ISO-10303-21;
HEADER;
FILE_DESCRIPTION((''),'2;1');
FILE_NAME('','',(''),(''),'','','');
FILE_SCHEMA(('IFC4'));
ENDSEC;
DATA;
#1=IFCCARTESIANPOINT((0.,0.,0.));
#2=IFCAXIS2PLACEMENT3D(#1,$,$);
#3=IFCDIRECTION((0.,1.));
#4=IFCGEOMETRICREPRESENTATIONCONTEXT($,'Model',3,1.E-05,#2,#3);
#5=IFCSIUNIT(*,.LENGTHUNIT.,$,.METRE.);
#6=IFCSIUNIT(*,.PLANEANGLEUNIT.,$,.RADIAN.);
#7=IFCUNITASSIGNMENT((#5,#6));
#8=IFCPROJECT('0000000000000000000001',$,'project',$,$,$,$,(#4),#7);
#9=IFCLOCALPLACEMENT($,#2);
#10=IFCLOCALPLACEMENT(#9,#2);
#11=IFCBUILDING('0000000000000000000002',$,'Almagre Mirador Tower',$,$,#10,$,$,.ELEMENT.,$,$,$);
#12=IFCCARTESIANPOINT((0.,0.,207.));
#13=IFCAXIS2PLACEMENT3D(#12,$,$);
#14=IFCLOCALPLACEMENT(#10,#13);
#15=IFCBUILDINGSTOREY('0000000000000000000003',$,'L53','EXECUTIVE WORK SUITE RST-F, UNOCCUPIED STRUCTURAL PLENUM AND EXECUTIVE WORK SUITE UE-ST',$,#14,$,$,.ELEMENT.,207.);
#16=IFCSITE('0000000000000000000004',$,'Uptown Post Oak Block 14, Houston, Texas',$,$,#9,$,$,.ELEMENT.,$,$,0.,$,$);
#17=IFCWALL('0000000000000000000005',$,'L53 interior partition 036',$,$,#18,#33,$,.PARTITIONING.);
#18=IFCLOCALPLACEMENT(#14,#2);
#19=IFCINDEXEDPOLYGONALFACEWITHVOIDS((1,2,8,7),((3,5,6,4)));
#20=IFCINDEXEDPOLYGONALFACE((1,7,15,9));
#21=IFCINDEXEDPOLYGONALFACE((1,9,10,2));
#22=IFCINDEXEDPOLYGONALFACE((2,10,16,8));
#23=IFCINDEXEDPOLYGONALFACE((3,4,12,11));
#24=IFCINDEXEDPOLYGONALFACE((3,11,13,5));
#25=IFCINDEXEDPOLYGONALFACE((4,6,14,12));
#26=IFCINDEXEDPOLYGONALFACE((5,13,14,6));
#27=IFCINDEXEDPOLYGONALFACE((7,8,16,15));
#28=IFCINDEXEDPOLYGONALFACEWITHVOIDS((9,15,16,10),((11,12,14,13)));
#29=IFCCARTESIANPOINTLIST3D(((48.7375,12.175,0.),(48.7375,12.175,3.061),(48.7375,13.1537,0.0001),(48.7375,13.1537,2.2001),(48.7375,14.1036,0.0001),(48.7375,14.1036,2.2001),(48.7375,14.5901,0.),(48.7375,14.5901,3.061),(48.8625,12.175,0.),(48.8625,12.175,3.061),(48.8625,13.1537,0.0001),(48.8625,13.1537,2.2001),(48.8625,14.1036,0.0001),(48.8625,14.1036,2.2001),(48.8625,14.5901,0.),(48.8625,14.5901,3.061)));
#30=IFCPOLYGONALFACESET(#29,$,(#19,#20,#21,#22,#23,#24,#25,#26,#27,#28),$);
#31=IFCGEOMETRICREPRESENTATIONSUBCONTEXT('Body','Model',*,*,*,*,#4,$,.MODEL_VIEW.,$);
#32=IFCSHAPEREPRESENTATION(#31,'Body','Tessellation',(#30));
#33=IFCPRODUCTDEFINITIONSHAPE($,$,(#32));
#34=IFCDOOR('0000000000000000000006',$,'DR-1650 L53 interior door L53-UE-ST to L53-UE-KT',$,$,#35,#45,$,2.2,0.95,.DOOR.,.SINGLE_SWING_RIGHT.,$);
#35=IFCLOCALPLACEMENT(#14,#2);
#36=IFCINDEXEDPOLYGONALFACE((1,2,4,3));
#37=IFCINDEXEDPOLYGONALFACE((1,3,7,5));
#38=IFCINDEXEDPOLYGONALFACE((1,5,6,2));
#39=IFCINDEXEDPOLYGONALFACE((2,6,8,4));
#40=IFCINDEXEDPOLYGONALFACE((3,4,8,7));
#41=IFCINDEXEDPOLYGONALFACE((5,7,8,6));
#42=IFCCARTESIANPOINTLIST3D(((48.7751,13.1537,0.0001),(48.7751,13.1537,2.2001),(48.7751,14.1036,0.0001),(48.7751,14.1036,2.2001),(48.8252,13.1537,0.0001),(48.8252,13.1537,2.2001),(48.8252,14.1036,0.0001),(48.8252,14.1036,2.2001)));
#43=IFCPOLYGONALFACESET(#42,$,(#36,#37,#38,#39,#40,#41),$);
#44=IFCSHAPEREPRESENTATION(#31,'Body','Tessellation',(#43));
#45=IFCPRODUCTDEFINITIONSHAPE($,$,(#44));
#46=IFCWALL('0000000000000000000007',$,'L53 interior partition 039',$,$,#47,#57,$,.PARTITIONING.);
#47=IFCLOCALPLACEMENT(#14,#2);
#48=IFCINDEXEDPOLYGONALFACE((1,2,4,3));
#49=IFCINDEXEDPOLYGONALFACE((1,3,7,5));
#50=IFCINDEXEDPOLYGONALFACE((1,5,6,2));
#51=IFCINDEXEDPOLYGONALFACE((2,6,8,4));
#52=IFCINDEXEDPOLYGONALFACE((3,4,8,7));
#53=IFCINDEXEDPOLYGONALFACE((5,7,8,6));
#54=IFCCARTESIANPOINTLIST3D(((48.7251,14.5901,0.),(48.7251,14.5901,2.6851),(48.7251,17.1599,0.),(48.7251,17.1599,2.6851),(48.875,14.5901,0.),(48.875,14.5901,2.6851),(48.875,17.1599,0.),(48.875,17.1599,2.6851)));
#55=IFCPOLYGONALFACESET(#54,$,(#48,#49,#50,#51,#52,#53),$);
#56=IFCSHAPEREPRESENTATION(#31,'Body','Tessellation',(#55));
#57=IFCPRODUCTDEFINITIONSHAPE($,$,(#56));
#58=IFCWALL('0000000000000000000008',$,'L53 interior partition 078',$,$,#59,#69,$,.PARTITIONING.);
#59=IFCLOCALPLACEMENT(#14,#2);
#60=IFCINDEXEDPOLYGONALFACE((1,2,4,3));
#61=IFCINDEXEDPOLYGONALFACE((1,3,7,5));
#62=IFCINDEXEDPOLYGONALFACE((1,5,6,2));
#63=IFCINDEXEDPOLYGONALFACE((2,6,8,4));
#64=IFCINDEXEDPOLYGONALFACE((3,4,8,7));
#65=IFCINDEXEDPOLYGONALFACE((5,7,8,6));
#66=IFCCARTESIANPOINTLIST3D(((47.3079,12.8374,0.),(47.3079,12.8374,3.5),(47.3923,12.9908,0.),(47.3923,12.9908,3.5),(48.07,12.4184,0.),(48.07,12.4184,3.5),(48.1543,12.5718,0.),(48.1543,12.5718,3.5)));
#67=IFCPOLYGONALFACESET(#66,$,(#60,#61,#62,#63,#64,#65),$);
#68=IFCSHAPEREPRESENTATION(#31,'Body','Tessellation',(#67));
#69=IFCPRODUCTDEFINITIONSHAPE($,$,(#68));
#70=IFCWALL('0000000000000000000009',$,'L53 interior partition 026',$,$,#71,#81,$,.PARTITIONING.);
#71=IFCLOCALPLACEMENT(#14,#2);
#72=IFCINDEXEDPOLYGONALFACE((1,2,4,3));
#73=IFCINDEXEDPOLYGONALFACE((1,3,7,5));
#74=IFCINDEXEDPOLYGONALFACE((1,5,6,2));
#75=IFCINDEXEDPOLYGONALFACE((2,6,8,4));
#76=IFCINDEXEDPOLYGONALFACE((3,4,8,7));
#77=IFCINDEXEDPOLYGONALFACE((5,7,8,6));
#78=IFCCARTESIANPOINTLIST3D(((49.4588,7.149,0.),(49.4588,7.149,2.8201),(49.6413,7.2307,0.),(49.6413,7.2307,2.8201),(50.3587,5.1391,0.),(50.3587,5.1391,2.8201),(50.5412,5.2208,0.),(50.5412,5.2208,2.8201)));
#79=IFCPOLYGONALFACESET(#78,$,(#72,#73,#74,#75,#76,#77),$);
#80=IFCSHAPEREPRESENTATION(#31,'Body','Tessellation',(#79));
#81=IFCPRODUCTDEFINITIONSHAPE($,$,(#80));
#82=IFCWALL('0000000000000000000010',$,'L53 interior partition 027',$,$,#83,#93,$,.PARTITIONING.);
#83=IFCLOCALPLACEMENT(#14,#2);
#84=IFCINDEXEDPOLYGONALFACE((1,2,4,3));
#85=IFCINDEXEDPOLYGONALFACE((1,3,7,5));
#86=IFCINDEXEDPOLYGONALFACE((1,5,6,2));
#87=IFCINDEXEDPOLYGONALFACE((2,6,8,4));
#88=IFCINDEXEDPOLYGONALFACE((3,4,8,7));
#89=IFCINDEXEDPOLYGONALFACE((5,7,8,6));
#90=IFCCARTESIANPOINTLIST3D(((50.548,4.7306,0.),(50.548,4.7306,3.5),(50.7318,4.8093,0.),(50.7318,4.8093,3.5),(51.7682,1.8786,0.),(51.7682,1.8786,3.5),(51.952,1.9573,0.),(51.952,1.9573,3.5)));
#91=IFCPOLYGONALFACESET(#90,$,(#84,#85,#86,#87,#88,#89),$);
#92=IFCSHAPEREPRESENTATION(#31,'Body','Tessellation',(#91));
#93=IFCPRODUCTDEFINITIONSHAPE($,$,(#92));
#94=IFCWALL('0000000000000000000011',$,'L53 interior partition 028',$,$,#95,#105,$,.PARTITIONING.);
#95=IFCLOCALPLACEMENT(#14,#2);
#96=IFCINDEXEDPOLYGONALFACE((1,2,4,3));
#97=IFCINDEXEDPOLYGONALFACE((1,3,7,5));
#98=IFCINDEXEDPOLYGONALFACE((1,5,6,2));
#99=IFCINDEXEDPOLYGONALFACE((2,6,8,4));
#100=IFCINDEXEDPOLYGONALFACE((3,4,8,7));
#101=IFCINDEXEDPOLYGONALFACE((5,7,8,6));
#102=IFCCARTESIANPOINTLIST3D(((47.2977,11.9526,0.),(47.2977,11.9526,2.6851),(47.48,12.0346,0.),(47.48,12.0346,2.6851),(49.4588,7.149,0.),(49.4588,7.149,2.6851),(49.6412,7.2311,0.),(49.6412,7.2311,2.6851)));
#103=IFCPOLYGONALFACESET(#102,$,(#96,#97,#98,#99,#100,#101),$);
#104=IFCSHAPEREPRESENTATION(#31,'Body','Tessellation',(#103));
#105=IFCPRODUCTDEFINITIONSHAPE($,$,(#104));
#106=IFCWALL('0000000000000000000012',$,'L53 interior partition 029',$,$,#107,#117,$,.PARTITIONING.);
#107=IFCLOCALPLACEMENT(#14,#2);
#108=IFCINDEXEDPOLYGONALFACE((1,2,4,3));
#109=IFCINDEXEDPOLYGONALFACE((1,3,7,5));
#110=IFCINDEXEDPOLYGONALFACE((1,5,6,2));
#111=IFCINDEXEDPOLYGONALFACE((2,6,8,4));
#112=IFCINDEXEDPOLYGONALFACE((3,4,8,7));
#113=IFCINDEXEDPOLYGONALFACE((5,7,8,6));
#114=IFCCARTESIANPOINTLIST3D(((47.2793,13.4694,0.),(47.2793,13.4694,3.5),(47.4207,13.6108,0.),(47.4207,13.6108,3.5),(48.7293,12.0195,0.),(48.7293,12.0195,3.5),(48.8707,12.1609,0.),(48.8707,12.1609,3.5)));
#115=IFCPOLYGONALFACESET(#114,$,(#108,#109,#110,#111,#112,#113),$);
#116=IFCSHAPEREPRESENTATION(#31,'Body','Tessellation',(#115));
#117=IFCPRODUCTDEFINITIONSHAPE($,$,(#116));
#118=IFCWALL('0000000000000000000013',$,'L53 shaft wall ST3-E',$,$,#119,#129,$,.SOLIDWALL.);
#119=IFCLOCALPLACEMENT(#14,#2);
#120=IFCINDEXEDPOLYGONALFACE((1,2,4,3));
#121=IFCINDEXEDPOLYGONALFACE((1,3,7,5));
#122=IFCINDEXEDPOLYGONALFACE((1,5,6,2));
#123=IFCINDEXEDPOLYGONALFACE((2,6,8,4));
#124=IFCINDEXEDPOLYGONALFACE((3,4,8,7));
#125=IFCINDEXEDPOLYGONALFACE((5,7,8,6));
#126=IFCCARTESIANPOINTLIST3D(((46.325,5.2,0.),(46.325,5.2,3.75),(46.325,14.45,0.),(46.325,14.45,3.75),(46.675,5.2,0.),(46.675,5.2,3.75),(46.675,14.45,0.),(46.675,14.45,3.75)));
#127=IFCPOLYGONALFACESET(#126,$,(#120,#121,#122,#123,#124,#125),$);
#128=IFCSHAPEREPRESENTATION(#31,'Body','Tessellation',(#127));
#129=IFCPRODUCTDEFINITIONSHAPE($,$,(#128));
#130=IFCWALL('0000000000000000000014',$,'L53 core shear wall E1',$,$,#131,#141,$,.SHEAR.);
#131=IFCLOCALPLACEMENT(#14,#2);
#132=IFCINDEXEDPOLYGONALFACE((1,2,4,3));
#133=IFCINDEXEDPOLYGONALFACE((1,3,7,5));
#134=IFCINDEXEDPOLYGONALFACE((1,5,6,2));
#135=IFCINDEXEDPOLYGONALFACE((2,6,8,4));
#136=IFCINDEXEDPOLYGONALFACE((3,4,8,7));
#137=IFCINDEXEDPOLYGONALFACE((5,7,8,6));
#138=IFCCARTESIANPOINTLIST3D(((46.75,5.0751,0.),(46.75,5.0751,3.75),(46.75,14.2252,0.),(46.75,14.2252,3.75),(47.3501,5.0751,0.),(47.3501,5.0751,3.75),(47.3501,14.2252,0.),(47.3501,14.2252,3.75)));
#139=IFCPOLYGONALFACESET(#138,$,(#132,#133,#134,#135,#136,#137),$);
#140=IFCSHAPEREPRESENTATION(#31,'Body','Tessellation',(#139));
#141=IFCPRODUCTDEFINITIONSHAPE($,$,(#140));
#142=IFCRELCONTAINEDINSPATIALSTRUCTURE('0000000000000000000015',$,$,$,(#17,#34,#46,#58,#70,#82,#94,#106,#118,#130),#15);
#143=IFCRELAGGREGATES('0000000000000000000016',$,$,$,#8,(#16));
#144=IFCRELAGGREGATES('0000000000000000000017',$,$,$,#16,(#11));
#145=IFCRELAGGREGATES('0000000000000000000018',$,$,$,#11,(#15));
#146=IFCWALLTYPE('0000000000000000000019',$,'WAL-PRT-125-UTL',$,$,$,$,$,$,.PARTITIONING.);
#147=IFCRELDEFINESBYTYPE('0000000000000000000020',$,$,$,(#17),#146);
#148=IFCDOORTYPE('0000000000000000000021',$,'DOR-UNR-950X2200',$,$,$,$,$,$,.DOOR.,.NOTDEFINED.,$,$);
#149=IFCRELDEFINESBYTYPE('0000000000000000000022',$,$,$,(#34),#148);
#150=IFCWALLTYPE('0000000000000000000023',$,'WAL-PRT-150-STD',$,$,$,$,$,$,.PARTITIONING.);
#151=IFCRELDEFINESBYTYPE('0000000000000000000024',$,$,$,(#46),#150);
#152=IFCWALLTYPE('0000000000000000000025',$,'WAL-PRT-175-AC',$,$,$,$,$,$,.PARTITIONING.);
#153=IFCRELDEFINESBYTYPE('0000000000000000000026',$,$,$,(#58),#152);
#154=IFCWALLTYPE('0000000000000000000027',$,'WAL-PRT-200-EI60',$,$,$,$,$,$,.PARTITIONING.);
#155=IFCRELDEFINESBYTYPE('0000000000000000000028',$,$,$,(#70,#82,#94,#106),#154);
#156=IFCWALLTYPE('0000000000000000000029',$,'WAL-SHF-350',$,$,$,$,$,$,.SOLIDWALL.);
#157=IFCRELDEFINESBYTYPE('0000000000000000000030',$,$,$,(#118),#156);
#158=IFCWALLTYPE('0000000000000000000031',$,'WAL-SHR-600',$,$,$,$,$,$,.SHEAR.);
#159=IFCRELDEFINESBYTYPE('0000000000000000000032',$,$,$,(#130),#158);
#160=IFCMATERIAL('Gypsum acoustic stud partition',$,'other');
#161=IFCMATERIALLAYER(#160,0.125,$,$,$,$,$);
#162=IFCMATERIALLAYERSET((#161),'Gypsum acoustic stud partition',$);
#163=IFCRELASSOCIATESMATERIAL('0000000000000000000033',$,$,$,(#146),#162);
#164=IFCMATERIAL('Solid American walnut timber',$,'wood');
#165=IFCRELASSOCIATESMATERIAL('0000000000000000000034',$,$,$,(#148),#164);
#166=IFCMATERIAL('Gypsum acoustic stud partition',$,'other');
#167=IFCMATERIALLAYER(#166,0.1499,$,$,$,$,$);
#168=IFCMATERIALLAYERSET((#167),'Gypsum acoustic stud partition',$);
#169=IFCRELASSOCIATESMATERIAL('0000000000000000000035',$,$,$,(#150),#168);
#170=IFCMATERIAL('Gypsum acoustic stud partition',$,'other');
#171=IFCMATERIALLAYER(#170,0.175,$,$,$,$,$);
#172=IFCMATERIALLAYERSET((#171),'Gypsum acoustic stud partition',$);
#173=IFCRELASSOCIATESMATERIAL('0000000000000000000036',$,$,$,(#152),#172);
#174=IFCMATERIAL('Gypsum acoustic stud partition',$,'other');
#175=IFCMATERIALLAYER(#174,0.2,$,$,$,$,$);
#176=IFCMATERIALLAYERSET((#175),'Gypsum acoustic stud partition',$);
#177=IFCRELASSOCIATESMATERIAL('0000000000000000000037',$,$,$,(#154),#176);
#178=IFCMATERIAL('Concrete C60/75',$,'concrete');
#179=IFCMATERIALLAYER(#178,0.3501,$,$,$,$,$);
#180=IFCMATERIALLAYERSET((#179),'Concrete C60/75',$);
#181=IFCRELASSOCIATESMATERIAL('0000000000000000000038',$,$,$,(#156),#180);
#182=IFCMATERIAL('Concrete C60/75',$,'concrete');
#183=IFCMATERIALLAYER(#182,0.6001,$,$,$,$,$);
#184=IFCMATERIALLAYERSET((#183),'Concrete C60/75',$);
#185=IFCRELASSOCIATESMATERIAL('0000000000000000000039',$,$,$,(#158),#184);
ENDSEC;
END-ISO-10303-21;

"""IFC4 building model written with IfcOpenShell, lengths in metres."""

from ifc_helpers import new_model, si_unit, direction, frame, frame_2d, origin, place, context, subcontext, project, spatial, rectangle, extrude, material, layer, layer_set, type_object, element, fill, save


model = new_model("IFC4")

# Units and contexts
model_context = context("Model", 3, precision=1e-05, world=origin(), true_north=direction((0.0, 1.0)))
body_context = subcontext(model_context, "Body", "Model", "MODEL_VIEW")
ifc_project = project(units=[si_unit("LENGTHUNIT", "METRE"), si_unit("PLANEANGLEUNIT", "RADIAN")], contexts=[model_context])

# Site, building, storey
site_placement = place(None, origin())
site = spatial("IfcSite", under=ifc_project, at=site_placement, Name="Uptown Post Oak Block 14, Houston, Texas", CompositionType="ELEMENT", RefElevation=0.0)
building_placement = place(site_placement, origin())
building = spatial("IfcBuilding", under=site, at=building_placement, Name="Almagre Mirador Tower", CompositionType="ELEMENT")
storey_placement = place(building_placement, frame((0.0, 0.0, 207.0)))
storey = spatial("IfcBuildingStorey", under=building, at=storey_placement, Name="L53", Description="EXECUTIVE WORK SUITE RST-F, UNOCCUPIED STRUCTURAL PLENUM AND EXECUTIVE WORK SUITE UE-ST", CompositionType="ELEMENT", Elevation=207.0)

# Wall, opening, door
ifc_material_1 = material(Name="Gypsum acoustic stud partition", Category="other")
ifc_layer_1 = layer(ifc_material_1, 0.125)
ifc_layer_set_1 = layer_set([ifc_layer_1], Name="Gypsum acoustic stud partition")
wall_type_1 = type_object("IfcWallType", Name="WAL-PRT-125-UTL", PredefinedType="PARTITIONING", material=ifc_layer_set_1)
wall_1_placement = place(storey_placement, frame((48.8, 12.175, 0.0), z_axis=(0.0, 0.0, 1.0), x_axis=(0.0, 1.0, 0.0)))
wall_1 = element("IfcWall", 1, at=wall_1_placement, inside=storey, type_object=wall_type_1, Name="L53 interior partition 036", PredefinedType="PARTITIONING", context=body_context, shape_type="SweptSolid", body=[
    extrude(rectangle(XDim=2.415, YDim=0.125, at=frame_2d((1.2075, 0.0))), origin(), (0.0, 0.0, 1.0), 3.061),
])
opening_1_placement = place(wall_1_placement, frame((0.9785, 0.0, 0.0)))
opening_1 = element("IfcOpeningElement", 2, at=opening_1_placement, cuts=wall_1, PredefinedType="OPENING", context=body_context, shape_type="SweptSolid", body=[
    extrude(rectangle(XDim=0.95, YDim=2.2, at=frame_2d((0.4751, 1.1001))), frame((0.0, 0.0725, 0.0), z_axis=(0.0, -1.0, 0.0), x_axis=(1.0, 0.0, 0.0)), (0.0, 0.0, 1.0), 0.145),
])
ifc_material_2 = material(Name="Solid American walnut timber", Category="wood")
door_type = type_object("IfcDoorType", Name="DOR-UNR-950X2200", OperationType="NOTDEFINED", PredefinedType="DOOR", material=ifc_material_2)
door_placement = place(opening_1_placement, origin())
door = element("IfcDoor", 3, at=door_placement, inside=storey, type_object=door_type, Name="DR-1650 L53 interior door L53-UE-ST to L53-UE-KT", OperationType="SINGLE_SWING_RIGHT", OverallHeight=2.2, OverallWidth=0.95, PredefinedType="DOOR", context=body_context, shape_type="SweptSolid", body=[
    extrude(rectangle(XDim=0.95, YDim=2.2, at=frame_2d((0.4751, 1.1001))), frame((0.0, 0.0249, 0.0), z_axis=(0.0, -1.0, 0.0), x_axis=(1.0, 0.0, 0.0)), (0.0, 0.0, 1.0), 0.05),
])
fill(opening_1, door)

# Walls
ifc_material_3 = material(Name="Gypsum acoustic stud partition", Category="other")
ifc_layer_2 = layer(ifc_material_3, 0.1499)
ifc_layer_set_2 = layer_set([ifc_layer_2], Name="Gypsum acoustic stud partition")
wall_type_2 = type_object("IfcWallType", Name="WAL-PRT-150-STD", PredefinedType="PARTITIONING", material=ifc_layer_set_2)
wall_2_placement = place(storey_placement, frame((48.8, 14.5901, 0.0), z_axis=(0.0, 0.0, 1.0), x_axis=(0.0, 1.0, 0.0)))
element("IfcWall", 4, at=wall_2_placement, inside=storey, type_object=wall_type_2, Name="L53 interior partition 039", PredefinedType="PARTITIONING", context=body_context, shape_type="SweptSolid", body=[
    extrude(rectangle(XDim=2.5698, YDim=0.1499, at=frame_2d((1.2849, 0.0))), origin(), (0.0, 0.0, 1.0), 2.6851),
])
ifc_material_4 = material(Name="Gypsum acoustic stud partition", Category="other")
ifc_layer_3 = layer(ifc_material_4, 0.175)
ifc_layer_set_3 = layer_set([ifc_layer_3], Name="Gypsum acoustic stud partition")
wall_type_3 = type_object("IfcWallType", Name="WAL-PRT-175-AC", PredefinedType="PARTITIONING", material=ifc_layer_set_3)
wall_3_placement = place(storey_placement, frame((47.3501, 12.9141, 0.0), z_axis=(0.0, 0.0, 1.0), x_axis=(0.876281, -0.4818, 0.0)))
element("IfcWall", 5, at=wall_3_placement, inside=storey, type_object=wall_type_3, Name="L53 interior partition 078", PredefinedType="PARTITIONING", context=body_context, shape_type="SweptSolid", body=[
    extrude(rectangle(XDim=0.8696, YDim=0.175, at=frame_2d((0.4348, 0.0))), origin(), (0.0, 0.0, 1.0), 3.5),
])
ifc_material_5 = material(Name="Gypsum acoustic stud partition", Category="other")
ifc_layer_4 = layer(ifc_material_5, 0.2)
ifc_layer_set_4 = layer_set([ifc_layer_4], Name="Gypsum acoustic stud partition")
wall_type_4 = type_object("IfcWallType", Name="WAL-PRT-200-EI60", PredefinedType="PARTITIONING", material=ifc_layer_set_4)
wall_4_placement = place(storey_placement, frame((50.45, 5.1799, 0.0), z_axis=(0.0, 0.0, 1.0), x_axis=(-0.408626, 0.912702, 0.0)))
element("IfcWall", 6, at=wall_4_placement, inside=storey, type_object=wall_type_4, Name="L53 interior partition 026", PredefinedType="PARTITIONING", context=body_context, shape_type="SweptSolid", body=[
    extrude(rectangle(XDim=2.2021, YDim=0.2, at=frame_2d((1.1011, 0.0))), origin(), (0.0, 0.0, 1.0), 2.8201),
])
wall_5_placement = place(storey_placement, frame((51.8601, 1.918, 0.0), z_axis=(0.0, 0.0, 1.0), x_axis=(-0.393349, 0.919389, 0.0)))
element("IfcWall", 7, at=wall_5_placement, inside=storey, type_object=wall_type_4, Name="L53 interior partition 027", PredefinedType="PARTITIONING", context=body_context, shape_type="SweptSolid", body=[
    extrude(rectangle(XDim=3.1021, YDim=0.2, at=frame_2d((1.551, 0.0))), origin(), (0.0, 0.0, 1.0), 3.5),
])
wall_6_placement = place(storey_placement, frame((49.55, 7.1899, 0.0), z_axis=(0.0, 0.0, 1.0), x_axis=(-0.410297, 0.911952, 0.0)))
element("IfcWall", 8, at=wall_6_placement, inside=storey, type_object=wall_type_4, Name="L53 interior partition 028", PredefinedType="PARTITIONING", context=body_context, shape_type="SweptSolid", body=[
    extrude(rectangle(XDim=5.2673, YDim=0.2, at=frame_2d((2.6338, 0.0))), origin(), (0.0, 0.0, 1.0), 2.6851),
])
wall_7_placement = place(storey_placement, frame((48.8, 12.0901, 0.0), z_axis=(0.0, 0.0, 1.0), x_axis=(-0.707107, 0.707107, 0.0)))
element("IfcWall", 9, at=wall_7_placement, inside=storey, type_object=wall_type_4, Name="L53 interior partition 029", PredefinedType="PARTITIONING", context=body_context, shape_type="SweptSolid", body=[
    extrude(rectangle(XDim=2.0505, YDim=0.2, at=frame_2d((1.0254, 0.0))), origin(), (0.0, 0.0, 1.0), 3.5),
])
ifc_material_6 = material(Name="Concrete C60/75", Category="concrete")
ifc_layer_5 = layer(ifc_material_6, 0.3501)
ifc_layer_set_5 = layer_set([ifc_layer_5], Name="Concrete C60/75")
wall_type_5 = type_object("IfcWallType", Name="WAL-SHF-350", PredefinedType="SOLIDWALL", material=ifc_layer_set_5)
wall_8_placement = place(storey_placement, frame((46.5, 5.2, 0.0), z_axis=(0.0, 0.0, 1.0), x_axis=(0.0, 1.0, 0.0)))
element("IfcWall", 10, at=wall_8_placement, inside=storey, type_object=wall_type_5, Name="L53 shaft wall ST3-E", PredefinedType="SOLIDWALL", context=body_context, shape_type="SweptSolid", body=[
    extrude(rectangle(XDim=9.25, YDim=0.3501, at=frame_2d((4.625, 0.0))), origin(), (0.0, 0.0, 1.0), 3.75),
])
ifc_material_7 = material(Name="Concrete C60/75", Category="concrete")
ifc_layer_6 = layer(ifc_material_7, 0.6001)
ifc_layer_set_6 = layer_set([ifc_layer_6], Name="Concrete C60/75")
wall_type_6 = type_object("IfcWallType", Name="WAL-SHR-600", PredefinedType="SHEAR", material=ifc_layer_set_6)
wall_9_placement = place(storey_placement, frame((47.05, 5.075, 0.0), z_axis=(0.0, 0.0, 1.0), x_axis=(0.0, 1.0, 0.0)))
element("IfcWall", 11, at=wall_9_placement, inside=storey, type_object=wall_type_6, Name="L53 core shear wall E1", PredefinedType="SHEAR", context=body_context, shape_type="SweptSolid", body=[
    extrude(rectangle(XDim=9.1501, YDim=0.6001, at=frame_2d((4.5752, 0.0))), origin(), (0.0, 0.0, 1.0), 3.75),
])

save(model, "model.ifc")
